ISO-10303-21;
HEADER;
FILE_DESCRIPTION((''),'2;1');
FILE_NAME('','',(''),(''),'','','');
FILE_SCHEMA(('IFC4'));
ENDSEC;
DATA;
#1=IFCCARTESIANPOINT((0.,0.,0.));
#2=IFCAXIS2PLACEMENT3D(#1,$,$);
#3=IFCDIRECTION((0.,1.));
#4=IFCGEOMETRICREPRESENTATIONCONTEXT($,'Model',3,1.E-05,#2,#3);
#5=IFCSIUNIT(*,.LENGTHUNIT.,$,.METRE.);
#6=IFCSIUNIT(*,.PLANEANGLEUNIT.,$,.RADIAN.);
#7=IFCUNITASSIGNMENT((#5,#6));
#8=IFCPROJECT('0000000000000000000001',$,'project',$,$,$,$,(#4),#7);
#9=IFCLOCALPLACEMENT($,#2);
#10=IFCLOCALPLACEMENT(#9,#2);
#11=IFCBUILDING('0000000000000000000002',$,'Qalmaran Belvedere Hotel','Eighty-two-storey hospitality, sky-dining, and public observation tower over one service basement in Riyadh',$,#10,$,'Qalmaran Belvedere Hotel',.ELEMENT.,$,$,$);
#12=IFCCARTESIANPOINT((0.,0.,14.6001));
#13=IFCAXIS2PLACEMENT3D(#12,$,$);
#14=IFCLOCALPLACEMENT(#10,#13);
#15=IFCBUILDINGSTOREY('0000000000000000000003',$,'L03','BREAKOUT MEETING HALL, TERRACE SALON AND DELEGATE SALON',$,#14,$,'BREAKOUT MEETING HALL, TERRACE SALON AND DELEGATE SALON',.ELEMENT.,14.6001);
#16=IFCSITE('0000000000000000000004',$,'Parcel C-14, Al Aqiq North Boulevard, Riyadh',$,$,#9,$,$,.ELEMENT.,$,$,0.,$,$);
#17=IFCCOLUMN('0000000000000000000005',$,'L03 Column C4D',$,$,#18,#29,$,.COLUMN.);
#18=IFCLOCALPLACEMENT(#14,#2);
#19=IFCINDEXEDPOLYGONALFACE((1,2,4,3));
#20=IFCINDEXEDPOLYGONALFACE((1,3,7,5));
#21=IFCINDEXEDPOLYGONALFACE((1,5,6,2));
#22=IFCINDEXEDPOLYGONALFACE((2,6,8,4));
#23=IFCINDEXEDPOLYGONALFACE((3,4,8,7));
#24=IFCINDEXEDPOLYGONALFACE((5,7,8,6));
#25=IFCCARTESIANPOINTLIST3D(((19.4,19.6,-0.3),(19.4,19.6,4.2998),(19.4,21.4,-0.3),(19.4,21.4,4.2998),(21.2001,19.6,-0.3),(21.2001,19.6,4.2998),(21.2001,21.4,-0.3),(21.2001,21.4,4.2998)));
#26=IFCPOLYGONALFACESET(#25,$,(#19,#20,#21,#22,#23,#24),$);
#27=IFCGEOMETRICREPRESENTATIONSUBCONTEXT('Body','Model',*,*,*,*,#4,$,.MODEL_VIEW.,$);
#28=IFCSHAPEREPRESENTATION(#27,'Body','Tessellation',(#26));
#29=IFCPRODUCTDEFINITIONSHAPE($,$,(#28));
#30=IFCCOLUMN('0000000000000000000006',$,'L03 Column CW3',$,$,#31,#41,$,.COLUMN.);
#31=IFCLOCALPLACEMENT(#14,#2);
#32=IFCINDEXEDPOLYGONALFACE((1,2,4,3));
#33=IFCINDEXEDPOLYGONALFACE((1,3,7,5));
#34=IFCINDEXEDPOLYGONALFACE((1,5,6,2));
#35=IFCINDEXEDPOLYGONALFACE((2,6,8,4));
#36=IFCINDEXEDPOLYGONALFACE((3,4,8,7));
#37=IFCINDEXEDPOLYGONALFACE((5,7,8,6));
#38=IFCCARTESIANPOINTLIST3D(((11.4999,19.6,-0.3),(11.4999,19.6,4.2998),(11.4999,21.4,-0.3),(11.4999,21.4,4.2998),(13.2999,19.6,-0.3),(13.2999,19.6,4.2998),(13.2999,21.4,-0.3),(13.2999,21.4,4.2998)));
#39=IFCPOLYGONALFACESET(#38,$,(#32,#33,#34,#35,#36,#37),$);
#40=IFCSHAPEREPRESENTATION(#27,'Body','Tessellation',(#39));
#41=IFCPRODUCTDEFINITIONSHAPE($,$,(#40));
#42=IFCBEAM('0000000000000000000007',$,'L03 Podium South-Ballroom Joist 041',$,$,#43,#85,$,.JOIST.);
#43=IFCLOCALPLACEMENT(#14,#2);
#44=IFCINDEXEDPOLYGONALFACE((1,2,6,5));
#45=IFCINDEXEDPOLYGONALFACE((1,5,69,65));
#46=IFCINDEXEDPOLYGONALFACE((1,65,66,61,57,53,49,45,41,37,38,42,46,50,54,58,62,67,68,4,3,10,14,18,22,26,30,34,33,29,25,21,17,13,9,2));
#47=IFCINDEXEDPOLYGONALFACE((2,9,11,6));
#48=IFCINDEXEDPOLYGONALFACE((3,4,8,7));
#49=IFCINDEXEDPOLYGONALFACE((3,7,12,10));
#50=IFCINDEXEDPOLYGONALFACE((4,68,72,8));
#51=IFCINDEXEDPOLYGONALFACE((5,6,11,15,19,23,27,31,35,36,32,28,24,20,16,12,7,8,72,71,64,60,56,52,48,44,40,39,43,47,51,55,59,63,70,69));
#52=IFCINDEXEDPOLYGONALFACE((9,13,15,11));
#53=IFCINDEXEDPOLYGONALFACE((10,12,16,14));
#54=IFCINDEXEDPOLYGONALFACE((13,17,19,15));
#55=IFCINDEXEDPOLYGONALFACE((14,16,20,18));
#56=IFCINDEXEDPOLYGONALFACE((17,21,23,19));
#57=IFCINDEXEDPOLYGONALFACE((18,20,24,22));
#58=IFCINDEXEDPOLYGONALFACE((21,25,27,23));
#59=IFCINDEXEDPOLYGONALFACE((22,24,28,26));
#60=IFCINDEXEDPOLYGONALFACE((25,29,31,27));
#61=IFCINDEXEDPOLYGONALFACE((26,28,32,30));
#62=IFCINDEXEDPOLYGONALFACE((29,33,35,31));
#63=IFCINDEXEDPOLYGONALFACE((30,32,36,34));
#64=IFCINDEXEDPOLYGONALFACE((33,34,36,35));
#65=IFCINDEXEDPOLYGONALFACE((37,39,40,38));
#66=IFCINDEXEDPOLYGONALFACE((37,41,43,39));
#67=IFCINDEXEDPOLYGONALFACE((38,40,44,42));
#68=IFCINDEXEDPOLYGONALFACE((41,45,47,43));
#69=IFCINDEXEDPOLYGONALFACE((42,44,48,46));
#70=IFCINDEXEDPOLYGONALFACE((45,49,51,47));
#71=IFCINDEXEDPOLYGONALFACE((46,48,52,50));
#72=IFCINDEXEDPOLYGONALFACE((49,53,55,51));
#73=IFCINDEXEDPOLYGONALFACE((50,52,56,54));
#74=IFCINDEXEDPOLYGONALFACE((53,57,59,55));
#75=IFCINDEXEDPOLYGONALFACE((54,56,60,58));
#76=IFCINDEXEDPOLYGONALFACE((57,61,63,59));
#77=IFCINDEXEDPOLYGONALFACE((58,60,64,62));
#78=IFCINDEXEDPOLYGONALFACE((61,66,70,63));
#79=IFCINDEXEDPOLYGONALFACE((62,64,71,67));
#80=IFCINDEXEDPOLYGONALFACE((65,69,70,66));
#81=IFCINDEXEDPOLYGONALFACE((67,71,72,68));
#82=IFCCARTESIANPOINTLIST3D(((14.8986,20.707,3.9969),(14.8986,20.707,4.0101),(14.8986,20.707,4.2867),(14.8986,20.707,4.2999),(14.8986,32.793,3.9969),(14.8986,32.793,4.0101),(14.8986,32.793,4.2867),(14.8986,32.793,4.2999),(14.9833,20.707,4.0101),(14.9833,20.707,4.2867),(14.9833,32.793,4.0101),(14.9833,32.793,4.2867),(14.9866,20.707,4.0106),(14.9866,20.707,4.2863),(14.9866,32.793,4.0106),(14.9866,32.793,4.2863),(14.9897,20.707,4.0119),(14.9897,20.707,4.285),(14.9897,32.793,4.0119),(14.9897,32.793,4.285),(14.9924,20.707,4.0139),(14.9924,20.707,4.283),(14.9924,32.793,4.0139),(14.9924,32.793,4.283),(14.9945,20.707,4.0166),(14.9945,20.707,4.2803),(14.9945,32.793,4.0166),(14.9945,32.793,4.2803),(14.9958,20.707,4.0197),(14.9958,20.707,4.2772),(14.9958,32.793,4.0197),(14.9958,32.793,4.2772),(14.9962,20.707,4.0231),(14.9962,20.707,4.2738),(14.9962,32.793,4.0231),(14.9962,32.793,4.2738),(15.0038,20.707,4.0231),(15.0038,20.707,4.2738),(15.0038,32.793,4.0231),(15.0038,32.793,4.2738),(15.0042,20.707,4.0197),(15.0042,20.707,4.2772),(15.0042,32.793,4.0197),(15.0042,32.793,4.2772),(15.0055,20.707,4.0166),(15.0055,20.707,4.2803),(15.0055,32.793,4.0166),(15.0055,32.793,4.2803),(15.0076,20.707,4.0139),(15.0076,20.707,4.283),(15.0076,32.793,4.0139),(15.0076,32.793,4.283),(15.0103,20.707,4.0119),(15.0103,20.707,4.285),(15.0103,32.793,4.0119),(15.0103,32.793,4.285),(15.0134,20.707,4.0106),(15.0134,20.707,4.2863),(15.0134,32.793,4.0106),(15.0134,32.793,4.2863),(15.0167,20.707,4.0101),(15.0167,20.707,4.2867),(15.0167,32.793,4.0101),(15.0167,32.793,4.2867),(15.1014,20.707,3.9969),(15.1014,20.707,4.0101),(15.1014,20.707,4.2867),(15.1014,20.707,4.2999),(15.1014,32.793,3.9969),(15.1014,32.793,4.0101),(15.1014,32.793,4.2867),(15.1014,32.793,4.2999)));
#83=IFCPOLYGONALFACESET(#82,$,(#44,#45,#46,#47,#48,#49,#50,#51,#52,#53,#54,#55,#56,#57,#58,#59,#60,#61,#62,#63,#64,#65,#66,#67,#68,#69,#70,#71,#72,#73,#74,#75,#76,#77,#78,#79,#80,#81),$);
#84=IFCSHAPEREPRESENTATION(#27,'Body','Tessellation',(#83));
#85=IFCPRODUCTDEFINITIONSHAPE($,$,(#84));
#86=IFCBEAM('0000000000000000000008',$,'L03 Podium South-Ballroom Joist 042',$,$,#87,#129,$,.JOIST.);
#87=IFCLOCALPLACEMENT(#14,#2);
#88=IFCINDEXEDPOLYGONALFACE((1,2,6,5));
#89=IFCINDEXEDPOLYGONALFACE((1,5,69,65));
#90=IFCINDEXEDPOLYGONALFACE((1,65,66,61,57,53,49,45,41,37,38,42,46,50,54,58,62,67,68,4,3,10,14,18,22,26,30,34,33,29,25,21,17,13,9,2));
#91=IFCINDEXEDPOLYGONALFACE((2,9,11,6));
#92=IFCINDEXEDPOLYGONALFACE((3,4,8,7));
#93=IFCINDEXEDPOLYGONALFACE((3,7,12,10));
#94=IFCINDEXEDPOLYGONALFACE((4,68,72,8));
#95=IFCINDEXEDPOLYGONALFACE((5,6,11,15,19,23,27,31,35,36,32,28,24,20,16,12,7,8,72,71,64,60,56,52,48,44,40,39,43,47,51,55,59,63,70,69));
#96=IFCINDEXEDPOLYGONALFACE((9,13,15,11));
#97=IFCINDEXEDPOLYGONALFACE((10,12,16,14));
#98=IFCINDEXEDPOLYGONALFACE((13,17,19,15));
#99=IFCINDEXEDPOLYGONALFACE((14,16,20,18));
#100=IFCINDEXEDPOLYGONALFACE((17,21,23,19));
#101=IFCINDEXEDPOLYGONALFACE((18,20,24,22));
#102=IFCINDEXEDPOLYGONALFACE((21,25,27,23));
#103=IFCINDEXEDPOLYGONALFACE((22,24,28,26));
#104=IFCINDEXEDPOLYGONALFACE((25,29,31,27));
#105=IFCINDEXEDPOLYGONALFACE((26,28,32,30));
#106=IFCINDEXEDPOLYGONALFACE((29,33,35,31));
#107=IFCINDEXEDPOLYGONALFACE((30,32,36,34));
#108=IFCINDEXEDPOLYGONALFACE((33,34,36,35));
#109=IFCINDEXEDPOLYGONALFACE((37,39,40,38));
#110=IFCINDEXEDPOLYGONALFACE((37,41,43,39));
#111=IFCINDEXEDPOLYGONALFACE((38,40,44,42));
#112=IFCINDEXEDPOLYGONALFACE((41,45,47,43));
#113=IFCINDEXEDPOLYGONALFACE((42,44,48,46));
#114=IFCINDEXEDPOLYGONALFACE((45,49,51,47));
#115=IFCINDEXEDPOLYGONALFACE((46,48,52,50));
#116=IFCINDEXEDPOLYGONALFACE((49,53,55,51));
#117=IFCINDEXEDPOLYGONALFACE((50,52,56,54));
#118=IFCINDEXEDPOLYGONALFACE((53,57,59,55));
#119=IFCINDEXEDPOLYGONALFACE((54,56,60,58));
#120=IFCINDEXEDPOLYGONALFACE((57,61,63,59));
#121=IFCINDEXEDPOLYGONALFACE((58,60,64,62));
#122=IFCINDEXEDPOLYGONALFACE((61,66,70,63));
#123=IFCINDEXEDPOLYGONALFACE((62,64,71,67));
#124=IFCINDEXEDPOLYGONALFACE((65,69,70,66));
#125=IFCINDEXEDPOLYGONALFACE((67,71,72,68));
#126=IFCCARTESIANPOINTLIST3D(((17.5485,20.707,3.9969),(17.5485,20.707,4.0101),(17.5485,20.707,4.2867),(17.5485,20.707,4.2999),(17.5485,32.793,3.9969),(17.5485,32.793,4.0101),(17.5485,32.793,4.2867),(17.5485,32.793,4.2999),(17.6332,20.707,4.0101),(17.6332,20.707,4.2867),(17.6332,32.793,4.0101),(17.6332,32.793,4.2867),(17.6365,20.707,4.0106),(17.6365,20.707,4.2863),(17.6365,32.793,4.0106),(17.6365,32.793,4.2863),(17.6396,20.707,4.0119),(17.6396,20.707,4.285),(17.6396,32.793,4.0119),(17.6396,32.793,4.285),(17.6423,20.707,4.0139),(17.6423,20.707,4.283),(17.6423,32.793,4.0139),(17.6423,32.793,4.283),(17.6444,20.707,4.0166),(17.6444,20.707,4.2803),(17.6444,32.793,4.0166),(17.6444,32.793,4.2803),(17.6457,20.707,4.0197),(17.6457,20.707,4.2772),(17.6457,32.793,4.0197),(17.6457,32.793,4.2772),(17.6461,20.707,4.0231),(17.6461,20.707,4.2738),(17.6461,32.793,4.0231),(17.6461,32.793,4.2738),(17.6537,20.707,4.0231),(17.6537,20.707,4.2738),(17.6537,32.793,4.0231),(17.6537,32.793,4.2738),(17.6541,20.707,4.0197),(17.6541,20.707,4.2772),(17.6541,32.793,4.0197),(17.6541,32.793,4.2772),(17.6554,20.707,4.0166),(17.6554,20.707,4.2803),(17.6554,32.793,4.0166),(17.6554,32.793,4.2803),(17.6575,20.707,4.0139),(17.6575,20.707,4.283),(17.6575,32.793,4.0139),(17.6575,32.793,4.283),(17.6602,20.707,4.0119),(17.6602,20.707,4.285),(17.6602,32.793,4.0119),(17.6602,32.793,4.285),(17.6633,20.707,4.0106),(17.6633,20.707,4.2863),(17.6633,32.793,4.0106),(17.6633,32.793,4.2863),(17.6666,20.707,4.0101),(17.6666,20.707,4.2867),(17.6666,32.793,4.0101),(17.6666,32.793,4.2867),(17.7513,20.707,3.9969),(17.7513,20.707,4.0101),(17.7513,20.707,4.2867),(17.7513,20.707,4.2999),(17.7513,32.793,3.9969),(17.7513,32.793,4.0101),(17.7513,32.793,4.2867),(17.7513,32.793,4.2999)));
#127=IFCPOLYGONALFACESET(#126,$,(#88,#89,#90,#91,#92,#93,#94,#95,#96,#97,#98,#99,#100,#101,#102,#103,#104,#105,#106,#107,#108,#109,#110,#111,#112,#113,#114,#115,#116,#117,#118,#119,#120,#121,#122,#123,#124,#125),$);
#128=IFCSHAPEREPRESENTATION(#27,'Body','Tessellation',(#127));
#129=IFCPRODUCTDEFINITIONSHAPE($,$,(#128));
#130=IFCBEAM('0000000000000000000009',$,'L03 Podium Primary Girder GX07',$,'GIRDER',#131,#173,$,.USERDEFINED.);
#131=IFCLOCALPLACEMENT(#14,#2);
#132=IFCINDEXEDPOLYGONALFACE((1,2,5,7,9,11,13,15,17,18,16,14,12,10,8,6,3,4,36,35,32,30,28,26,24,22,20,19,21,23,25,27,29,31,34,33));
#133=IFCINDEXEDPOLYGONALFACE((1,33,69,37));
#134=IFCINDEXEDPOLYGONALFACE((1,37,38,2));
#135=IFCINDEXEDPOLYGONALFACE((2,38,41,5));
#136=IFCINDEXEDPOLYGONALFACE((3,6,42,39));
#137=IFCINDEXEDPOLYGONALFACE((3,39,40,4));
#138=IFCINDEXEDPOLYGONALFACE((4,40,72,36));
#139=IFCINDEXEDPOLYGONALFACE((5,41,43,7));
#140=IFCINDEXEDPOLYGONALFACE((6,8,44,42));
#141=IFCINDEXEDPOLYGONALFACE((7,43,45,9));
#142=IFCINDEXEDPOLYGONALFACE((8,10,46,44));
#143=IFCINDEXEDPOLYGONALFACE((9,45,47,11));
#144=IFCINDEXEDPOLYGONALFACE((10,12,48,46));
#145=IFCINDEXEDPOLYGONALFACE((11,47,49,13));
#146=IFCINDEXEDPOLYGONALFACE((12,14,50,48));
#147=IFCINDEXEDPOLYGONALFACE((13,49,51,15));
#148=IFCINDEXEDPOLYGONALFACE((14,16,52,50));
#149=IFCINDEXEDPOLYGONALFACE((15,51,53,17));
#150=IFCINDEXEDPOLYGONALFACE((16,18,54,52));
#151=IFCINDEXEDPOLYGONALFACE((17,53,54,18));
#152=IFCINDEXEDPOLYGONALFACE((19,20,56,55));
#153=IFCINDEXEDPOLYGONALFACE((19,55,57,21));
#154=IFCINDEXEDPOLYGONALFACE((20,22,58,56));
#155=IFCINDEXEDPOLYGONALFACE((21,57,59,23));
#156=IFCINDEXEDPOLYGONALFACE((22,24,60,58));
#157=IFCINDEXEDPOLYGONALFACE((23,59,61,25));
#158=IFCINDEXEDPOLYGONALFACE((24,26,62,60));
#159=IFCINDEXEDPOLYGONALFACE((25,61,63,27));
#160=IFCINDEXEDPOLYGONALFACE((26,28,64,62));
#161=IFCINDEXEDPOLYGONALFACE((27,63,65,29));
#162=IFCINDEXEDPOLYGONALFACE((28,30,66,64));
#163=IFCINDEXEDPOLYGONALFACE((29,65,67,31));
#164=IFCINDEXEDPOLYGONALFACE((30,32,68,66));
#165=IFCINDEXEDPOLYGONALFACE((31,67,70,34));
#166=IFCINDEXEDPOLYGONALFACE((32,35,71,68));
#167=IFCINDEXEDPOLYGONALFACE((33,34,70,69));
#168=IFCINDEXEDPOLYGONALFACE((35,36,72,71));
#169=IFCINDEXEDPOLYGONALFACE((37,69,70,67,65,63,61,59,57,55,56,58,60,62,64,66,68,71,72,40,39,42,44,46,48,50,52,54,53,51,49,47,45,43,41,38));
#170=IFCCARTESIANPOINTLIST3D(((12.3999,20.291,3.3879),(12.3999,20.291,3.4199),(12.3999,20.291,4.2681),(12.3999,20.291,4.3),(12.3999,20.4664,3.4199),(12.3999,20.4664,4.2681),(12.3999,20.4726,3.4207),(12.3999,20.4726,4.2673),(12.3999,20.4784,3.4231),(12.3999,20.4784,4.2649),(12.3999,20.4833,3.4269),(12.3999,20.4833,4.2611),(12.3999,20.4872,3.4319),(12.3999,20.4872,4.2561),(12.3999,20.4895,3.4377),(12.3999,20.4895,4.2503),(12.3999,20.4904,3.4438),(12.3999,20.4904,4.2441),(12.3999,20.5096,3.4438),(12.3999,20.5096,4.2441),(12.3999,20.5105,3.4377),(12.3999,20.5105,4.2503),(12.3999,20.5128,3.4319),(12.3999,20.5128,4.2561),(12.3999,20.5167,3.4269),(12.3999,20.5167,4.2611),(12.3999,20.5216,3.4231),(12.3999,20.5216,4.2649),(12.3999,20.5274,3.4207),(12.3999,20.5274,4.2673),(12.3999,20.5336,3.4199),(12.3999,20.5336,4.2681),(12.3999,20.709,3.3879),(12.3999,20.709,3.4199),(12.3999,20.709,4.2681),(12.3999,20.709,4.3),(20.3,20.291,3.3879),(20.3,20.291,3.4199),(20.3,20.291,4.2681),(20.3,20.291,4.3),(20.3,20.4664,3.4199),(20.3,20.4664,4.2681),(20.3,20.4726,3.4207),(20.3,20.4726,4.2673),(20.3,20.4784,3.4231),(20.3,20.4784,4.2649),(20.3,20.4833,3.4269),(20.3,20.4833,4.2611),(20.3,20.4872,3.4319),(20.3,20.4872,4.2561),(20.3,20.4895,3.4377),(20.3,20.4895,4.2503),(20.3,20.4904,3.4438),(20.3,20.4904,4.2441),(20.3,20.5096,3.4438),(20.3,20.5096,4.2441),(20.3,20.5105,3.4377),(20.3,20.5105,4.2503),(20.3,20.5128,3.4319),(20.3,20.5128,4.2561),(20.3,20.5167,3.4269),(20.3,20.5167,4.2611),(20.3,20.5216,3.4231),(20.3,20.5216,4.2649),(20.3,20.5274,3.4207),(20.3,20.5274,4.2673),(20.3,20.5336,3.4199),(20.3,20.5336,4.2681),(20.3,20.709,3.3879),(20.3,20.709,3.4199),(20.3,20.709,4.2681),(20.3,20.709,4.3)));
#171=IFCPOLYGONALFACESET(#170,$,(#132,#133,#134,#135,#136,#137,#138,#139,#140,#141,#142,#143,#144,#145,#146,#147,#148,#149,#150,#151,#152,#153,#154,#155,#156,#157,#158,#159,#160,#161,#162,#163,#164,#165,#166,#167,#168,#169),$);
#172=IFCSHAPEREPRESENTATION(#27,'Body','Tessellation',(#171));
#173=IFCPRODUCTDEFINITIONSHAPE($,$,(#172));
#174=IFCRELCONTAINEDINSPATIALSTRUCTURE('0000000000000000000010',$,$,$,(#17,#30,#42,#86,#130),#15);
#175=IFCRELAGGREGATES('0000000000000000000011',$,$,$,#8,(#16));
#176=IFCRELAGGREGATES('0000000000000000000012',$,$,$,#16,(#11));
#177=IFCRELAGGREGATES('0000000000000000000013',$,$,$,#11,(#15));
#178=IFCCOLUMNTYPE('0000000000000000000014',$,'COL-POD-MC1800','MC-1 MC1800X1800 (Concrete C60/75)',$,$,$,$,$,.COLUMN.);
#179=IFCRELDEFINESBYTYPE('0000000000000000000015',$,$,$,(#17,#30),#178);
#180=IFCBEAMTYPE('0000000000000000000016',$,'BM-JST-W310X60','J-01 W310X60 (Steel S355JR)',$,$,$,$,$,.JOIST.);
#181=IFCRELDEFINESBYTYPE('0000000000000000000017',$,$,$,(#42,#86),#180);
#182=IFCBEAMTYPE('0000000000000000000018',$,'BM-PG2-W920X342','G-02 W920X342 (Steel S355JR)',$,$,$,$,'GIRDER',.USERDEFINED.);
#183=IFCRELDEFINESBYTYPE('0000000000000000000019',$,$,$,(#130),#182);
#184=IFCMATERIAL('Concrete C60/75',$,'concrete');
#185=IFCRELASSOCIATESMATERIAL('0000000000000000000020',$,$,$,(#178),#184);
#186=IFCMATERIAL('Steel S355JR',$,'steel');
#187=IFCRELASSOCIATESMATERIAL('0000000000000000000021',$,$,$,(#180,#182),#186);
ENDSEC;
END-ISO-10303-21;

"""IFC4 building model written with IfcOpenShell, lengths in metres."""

from ifc_helpers import new_model, si_unit, direction, frame, origin, origin_2d, place, context, subcontext, project, spatial, rectangle, i_section, extrude, material, material_profile, profile_set, type_object, element, save


model = new_model("IFC4")

# Units and contexts
model_context = context("Model", 3, precision=1e-05, world=origin(), true_north=direction((0.0, 1.0)))
body_context = subcontext(model_context, "Body", "Model", "MODEL_VIEW")
ifc_project = project(units=[si_unit("LENGTHUNIT", "METRE"), si_unit("PLANEANGLEUNIT", "RADIAN")], contexts=[model_context])

# Site, building, storey
site_placement = place(None, origin())
site = spatial("IfcSite", under=ifc_project, at=site_placement, Name="Parcel C-14, Al Aqiq North Boulevard, Riyadh", CompositionType="ELEMENT", RefElevation=0.0)
building_placement = place(site_placement, origin())
building = spatial("IfcBuilding", under=site, at=building_placement, Name="Qalmaran Belvedere Hotel", Description="Eighty-two-storey hospitality, sky-dining, and public observation tower over one service basement in Riyadh", LongName="Qalmaran Belvedere Hotel", CompositionType="ELEMENT")
storey_placement = place(building_placement, frame((0.0, 0.0, 14.6001)))
storey = spatial("IfcBuildingStorey", under=building, at=storey_placement, Name="L03", Description="BREAKOUT MEETING HALL, TERRACE SALON AND DELEGATE SALON", LongName="BREAKOUT MEETING HALL, TERRACE SALON AND DELEGATE SALON", CompositionType="ELEMENT", Elevation=14.6001)

# Columns
ifc_material_1 = material(Name="Concrete C60/75", Category="concrete")
ifc_material_profile_1 = material_profile(ifc_material_1, rectangle(XDim=1.8, YDim=1.8, at=origin_2d()), Name="MC1800X1800")
ifc_profile_set_1 = profile_set([ifc_material_profile_1], Name="Concrete C60/75")
column_type = type_object("IfcColumnType", Name="COL-POD-MC1800", Description="MC-1 MC1800X1800 (Concrete C60/75)", PredefinedType="COLUMN", material=ifc_profile_set_1)
for number, where, z_axis, x_axis, name in (
    (1, (20.3, 20.5, -0.3), (0.0, 0.0, 1.0), (1.0, 0.0, 0.0), "L03 Column C4D"),
    (2, (12.3999, 20.5, -0.3), (0.0, 0.0, 1.0), (1.0, 0.0, 0.0), "L03 Column CW3"),
):
    element("IfcColumn", number, at=place(storey_placement, frame(where, z_axis=z_axis, x_axis=x_axis)), inside=storey, type_object=column_type, Name=name, PredefinedType="COLUMN", context=body_context, shape_type="SweptSolid", body=[
        extrude(rectangle(XDim=1.8, YDim=1.8, at=origin_2d()), origin(), (0.0, 0.0, 1.0), 4.5999),
    ])

# Beams
ifc_material_2 = material(Name="Steel S355JR", Category="steel")
ifc_material_profile_2 = material_profile(ifc_material_2, i_section(OverallWidth=0.2029, OverallDepth=0.303, WebThickness=0.0076, FlangeThickness=0.0132, FilletRadius=0.0129, at=origin_2d()), Name="W310X60")
ifc_profile_set_2 = profile_set([ifc_material_profile_2], Name="Steel S355JR")
beam_type_1 = type_object("IfcBeamType", Name="BM-JST-W310X60", Description="J-01 W310X60 (Steel S355JR)", PredefinedType="JOIST", material=ifc_profile_set_2)
for number, where, z_axis, x_axis, name in (
    (3, (15.0, 20.707, 4.1484), (0.0, 1.0, 0.0), (-1.0, 0.0, 0.0), "L03 Podium South-Ballroom Joist 041"),
    (4, (17.6499, 20.707, 4.1484), (0.0, 1.0, 0.0), (-1.0, 0.0, 0.0), "L03 Podium South-Ballroom Joist 042"),
):
    element("IfcBeam", number, at=place(storey_placement, frame(where, z_axis=z_axis, x_axis=x_axis)), inside=storey, type_object=beam_type_1, Name=name, PredefinedType="JOIST", context=body_context, shape_type="SweptSolid", body=[
        extrude(i_section(OverallWidth=0.2029, OverallDepth=0.303, WebThickness=0.0076, FlangeThickness=0.0132, FilletRadius=0.0129, at=origin_2d()), origin(), (0.0, 0.0, 1.0), 12.0859),
    ])
ifc_material_profile_3 = material_profile(ifc_material_2, i_section(OverallWidth=0.418, OverallDepth=0.9121, WebThickness=0.0193, FlangeThickness=0.032, FilletRadius=0.0239, at=origin_2d()), Name="W920X342")
ifc_profile_set_3 = profile_set([ifc_material_profile_3], Name="Steel S355JR")
beam_type_2 = type_object("IfcBeamType", Name="BM-PG2-W920X342", Description="G-02 W920X342 (Steel S355JR)", ElementType="GIRDER", PredefinedType="USERDEFINED", material=ifc_profile_set_3)
beam_1_placement = place(storey_placement, frame((12.3999, 20.5, 3.844), z_axis=(1.0, 0.0, 0.0), x_axis=(0.0, 1.0, 0.0)))
element("IfcBeam", 5, at=beam_1_placement, inside=storey, type_object=beam_type_2, Name="L03 Podium Primary Girder GX07", ObjectType="GIRDER", PredefinedType="USERDEFINED", context=body_context, shape_type="SweptSolid", body=[
    extrude(i_section(OverallWidth=0.418, OverallDepth=0.9121, WebThickness=0.0193, FlangeThickness=0.032, FilletRadius=0.0239, at=origin_2d()), origin(), (0.0, 0.0, 1.0), 7.9001),
])

save(model, "model.ifc")
